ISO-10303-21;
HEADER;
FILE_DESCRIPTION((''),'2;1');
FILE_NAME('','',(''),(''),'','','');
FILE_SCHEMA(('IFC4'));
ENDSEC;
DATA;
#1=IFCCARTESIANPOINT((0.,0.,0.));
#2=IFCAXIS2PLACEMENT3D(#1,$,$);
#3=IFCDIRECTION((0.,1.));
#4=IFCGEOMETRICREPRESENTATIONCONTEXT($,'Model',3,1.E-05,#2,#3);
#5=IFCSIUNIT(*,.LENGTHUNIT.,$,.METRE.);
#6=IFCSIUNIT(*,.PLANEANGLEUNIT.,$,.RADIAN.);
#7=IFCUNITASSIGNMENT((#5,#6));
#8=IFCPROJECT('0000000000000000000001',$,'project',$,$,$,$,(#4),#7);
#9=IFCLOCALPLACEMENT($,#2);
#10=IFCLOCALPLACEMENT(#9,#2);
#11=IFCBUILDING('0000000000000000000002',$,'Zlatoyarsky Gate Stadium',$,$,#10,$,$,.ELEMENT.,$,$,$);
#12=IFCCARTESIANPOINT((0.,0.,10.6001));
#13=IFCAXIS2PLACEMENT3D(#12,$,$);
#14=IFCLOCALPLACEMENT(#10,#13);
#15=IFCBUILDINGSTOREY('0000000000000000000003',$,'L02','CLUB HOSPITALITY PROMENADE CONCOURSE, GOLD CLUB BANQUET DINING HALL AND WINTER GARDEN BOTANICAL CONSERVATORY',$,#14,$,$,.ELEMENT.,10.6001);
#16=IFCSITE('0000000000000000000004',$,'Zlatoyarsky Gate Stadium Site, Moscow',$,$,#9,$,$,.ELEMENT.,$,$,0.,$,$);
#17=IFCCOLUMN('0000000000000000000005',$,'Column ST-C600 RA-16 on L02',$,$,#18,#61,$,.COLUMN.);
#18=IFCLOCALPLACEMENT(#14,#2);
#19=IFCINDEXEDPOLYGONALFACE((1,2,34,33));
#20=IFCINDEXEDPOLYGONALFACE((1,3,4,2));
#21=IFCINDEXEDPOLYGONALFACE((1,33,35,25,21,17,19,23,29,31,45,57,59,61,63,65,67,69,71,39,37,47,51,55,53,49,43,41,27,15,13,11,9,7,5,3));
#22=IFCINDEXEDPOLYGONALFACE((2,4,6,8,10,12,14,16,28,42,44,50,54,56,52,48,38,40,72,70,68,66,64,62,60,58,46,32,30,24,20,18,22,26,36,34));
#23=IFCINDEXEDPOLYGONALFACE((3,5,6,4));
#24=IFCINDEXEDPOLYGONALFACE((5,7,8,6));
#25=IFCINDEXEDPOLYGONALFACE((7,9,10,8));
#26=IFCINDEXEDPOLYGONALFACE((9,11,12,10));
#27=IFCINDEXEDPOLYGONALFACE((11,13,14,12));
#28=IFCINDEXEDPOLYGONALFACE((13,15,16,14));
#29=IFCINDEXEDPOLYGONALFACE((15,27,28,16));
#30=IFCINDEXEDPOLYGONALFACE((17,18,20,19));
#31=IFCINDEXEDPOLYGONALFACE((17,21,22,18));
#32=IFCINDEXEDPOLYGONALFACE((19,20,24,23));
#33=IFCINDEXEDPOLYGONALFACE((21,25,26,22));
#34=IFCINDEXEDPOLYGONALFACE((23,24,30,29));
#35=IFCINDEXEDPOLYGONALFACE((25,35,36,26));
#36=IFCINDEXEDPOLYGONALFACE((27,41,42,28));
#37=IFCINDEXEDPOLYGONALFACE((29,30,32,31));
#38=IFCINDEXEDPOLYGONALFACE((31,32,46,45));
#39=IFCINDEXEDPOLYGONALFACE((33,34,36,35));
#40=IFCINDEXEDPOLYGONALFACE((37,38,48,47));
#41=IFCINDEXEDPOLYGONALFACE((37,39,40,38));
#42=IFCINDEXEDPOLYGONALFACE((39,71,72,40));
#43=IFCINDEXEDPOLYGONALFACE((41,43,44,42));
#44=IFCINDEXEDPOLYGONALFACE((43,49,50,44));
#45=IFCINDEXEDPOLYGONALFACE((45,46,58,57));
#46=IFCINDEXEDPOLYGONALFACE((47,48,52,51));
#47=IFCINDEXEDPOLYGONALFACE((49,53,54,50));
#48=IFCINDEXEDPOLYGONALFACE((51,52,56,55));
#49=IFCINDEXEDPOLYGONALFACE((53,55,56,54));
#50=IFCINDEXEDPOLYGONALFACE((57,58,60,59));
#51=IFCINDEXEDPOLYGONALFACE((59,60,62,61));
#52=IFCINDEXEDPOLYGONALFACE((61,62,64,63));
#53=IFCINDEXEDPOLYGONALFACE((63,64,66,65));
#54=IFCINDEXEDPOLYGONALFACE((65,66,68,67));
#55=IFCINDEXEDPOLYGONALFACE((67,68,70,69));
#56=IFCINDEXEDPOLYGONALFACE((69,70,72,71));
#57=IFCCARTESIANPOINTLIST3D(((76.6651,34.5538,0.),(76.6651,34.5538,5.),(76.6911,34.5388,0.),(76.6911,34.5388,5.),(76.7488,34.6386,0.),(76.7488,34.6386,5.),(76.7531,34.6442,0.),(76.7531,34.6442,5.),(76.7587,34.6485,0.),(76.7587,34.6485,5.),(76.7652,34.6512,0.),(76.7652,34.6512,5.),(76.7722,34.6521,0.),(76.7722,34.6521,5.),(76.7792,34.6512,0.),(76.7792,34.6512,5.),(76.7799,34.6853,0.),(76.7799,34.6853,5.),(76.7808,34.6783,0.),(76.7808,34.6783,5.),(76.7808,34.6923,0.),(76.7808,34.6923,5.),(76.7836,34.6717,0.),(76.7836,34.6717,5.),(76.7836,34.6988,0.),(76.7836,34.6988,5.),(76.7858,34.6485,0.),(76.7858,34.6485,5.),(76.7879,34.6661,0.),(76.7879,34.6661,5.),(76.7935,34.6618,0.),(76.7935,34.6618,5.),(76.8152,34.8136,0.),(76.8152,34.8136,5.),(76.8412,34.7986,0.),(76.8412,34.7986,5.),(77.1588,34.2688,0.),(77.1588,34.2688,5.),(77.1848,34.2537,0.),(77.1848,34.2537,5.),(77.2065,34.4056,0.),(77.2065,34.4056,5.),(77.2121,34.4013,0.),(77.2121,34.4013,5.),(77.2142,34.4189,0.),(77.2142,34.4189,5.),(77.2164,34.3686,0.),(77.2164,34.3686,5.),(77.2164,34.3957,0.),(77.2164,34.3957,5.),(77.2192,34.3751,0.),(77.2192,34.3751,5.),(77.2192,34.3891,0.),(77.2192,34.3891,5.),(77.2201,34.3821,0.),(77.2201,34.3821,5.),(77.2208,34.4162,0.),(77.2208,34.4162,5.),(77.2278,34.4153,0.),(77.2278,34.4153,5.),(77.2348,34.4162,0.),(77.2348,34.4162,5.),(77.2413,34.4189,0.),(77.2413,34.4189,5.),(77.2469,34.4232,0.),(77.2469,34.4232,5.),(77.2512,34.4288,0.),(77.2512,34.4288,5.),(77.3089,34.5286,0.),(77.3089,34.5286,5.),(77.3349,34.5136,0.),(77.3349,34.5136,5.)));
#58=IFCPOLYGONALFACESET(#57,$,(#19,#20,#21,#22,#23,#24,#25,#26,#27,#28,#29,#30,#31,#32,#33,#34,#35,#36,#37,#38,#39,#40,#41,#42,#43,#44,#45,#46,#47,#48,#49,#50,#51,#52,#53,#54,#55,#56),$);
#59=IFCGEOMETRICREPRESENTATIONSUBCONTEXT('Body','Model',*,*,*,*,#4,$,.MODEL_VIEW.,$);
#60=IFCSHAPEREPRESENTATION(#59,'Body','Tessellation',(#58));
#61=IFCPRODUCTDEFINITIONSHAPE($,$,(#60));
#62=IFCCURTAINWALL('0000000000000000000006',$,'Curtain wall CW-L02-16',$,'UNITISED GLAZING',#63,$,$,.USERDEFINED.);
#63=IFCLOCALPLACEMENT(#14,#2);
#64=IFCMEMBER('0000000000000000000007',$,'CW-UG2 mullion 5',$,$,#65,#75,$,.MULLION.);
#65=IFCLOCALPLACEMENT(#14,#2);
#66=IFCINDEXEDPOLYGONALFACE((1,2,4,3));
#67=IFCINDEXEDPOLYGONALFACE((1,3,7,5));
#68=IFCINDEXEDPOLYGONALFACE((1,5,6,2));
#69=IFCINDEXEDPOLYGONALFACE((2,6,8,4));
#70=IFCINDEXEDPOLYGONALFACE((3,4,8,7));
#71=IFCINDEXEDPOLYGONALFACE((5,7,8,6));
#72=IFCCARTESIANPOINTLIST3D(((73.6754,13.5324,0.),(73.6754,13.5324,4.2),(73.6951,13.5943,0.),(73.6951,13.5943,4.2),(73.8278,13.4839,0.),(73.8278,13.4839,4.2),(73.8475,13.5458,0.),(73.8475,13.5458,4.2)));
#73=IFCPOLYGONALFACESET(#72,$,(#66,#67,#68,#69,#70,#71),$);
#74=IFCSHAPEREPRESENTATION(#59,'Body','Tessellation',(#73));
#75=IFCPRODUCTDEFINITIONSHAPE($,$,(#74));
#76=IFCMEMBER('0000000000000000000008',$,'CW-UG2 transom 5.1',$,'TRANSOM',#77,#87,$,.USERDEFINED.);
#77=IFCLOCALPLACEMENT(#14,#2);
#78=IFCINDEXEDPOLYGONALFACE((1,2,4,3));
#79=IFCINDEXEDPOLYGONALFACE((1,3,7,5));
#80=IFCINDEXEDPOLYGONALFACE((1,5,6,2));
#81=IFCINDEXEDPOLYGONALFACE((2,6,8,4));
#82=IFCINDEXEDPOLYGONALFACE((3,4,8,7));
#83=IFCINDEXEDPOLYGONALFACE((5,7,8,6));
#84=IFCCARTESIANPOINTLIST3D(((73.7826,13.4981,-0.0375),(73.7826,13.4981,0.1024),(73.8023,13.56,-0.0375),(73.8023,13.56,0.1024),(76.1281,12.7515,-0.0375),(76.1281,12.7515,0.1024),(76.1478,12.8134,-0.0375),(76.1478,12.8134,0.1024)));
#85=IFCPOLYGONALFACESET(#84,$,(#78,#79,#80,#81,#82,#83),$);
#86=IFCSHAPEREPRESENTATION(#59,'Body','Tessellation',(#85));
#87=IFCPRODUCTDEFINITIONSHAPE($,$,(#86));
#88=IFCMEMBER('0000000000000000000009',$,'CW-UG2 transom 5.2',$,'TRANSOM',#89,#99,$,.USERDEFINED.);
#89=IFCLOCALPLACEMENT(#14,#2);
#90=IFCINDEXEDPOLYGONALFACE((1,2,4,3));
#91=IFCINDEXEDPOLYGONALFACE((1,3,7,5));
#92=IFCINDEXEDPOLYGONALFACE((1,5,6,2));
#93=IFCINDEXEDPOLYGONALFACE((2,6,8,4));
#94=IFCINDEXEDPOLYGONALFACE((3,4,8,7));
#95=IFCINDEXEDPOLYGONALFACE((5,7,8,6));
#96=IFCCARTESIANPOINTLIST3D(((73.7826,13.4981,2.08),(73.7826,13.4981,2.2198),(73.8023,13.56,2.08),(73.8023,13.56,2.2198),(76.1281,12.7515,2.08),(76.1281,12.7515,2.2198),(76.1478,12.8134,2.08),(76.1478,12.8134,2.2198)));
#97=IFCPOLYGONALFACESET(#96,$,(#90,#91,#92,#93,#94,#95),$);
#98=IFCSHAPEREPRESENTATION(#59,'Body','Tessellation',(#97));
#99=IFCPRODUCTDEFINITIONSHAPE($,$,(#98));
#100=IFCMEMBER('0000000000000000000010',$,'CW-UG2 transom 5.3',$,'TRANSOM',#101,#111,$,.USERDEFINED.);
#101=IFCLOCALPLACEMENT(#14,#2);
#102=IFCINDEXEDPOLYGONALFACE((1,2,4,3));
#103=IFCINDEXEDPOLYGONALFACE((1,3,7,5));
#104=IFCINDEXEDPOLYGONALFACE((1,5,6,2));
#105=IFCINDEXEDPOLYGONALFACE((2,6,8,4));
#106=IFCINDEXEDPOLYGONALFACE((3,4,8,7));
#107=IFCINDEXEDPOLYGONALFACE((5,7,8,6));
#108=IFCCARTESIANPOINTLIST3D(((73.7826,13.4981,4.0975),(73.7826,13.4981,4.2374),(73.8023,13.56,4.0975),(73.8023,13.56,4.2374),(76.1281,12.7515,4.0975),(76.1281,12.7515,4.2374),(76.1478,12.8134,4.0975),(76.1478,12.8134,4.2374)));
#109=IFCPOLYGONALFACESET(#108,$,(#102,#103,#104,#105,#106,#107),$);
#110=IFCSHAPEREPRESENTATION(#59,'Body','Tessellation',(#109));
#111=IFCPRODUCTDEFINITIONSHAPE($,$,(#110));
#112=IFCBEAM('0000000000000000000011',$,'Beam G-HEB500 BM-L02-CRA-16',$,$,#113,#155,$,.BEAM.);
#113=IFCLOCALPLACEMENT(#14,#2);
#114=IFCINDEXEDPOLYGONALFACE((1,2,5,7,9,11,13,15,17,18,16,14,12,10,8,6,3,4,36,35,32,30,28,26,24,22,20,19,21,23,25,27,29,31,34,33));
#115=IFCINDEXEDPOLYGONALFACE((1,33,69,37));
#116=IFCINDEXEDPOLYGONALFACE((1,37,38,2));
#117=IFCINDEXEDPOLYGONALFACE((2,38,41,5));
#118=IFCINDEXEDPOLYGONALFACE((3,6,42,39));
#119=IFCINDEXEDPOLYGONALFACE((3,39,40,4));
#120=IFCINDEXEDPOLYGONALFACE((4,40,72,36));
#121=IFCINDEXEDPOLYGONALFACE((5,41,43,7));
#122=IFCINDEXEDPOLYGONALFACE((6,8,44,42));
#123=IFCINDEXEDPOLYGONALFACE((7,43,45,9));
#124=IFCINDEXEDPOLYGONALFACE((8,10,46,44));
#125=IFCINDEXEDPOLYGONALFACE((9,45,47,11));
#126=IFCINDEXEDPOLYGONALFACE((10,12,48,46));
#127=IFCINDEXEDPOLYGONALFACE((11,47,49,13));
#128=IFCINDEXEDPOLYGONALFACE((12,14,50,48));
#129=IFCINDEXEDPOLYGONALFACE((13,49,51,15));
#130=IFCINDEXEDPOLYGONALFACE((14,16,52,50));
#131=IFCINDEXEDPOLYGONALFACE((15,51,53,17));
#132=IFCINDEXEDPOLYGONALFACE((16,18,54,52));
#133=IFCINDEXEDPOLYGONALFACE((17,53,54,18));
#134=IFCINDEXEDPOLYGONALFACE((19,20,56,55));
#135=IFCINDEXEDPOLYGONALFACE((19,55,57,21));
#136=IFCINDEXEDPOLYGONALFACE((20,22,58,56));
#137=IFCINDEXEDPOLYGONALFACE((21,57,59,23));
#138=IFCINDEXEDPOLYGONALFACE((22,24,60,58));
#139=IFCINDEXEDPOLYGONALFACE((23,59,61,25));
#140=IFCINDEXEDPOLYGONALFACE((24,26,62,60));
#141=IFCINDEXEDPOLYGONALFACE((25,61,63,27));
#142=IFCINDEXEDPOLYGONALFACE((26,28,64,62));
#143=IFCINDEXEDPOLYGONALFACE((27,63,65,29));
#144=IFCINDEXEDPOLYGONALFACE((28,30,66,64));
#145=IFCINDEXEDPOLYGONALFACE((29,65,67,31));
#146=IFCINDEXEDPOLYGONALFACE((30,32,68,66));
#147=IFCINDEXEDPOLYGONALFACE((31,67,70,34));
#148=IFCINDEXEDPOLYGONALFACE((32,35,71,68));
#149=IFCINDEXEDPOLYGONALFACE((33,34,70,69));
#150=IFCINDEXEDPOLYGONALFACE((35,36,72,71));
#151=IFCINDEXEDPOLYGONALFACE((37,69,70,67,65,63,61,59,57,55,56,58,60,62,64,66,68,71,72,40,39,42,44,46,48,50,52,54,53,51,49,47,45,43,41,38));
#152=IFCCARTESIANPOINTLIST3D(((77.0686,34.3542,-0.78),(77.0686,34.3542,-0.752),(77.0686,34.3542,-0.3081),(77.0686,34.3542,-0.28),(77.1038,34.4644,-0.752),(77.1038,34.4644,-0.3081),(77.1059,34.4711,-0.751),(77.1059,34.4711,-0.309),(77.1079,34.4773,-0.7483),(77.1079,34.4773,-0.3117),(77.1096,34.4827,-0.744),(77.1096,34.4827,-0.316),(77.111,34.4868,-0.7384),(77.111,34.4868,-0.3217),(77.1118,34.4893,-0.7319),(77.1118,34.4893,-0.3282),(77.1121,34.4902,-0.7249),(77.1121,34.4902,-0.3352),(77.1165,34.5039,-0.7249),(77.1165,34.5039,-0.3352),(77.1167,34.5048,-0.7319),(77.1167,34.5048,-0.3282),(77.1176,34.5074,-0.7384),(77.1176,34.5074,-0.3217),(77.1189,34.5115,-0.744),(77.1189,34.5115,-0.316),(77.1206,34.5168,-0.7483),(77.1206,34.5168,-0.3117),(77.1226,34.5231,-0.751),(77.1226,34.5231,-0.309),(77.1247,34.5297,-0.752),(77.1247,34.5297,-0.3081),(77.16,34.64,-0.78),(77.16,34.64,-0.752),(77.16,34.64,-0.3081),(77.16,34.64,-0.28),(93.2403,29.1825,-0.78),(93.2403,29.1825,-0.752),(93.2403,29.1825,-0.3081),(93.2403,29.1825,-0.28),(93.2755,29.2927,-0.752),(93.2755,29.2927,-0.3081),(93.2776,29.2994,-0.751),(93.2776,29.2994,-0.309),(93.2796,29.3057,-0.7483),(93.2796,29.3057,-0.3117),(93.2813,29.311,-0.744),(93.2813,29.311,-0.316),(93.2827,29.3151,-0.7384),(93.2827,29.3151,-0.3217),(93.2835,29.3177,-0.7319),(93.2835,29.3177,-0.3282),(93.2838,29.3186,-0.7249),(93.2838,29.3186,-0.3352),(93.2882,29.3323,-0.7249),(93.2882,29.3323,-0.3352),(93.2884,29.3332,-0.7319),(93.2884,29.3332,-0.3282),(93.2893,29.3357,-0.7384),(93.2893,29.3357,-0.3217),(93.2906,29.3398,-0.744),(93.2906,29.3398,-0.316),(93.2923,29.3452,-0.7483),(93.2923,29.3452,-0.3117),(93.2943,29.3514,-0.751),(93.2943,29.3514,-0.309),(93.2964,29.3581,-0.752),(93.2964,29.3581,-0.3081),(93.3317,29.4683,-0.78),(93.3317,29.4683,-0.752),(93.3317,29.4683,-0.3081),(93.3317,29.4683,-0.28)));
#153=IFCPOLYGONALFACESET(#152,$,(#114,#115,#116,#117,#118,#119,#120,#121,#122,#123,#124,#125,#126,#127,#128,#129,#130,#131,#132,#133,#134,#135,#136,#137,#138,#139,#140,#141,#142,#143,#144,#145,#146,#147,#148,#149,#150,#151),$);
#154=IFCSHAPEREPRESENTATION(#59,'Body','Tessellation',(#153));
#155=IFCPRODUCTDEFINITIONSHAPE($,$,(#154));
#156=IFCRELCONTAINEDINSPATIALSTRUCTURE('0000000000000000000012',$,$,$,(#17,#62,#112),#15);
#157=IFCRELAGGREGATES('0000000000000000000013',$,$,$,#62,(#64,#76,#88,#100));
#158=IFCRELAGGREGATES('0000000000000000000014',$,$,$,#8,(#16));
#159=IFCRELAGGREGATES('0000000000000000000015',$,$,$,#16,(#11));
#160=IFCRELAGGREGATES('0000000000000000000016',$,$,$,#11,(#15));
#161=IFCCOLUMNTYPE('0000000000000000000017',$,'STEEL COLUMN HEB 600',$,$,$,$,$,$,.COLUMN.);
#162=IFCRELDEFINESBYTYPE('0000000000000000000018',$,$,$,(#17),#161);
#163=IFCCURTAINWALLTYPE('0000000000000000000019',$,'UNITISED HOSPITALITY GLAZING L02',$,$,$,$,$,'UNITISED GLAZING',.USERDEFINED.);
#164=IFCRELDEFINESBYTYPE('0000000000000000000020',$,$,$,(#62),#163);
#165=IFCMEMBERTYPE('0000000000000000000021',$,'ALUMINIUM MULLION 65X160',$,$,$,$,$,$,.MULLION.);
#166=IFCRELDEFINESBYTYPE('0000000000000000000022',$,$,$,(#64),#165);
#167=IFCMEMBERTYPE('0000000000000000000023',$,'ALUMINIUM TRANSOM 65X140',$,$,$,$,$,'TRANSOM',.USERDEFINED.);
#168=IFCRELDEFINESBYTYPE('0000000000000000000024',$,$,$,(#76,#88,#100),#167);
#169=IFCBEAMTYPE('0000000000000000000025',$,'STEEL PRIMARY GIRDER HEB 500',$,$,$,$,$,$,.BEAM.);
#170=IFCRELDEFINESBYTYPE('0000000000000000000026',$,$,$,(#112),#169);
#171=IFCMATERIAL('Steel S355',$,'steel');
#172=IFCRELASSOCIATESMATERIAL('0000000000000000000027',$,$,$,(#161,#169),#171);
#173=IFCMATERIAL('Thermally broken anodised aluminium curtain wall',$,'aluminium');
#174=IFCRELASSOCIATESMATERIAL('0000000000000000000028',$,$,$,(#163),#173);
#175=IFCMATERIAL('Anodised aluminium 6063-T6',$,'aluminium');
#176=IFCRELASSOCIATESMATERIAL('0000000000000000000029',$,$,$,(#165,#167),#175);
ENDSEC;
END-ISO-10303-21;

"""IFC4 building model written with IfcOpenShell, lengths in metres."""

from ifc_helpers import new_model, si_unit, direction, frame, origin, origin_2d, place, context, subcontext, project, spatial, rectangle, i_section, extrude, material, material_profile, profile_set, type_object, element, aggregate, save


model = new_model("IFC4")

# Units and contexts
model_context = context("Model", 3, precision=1e-05, world=origin(), true_north=direction((0.0, 1.0)))
body_context = subcontext(model_context, "Body", "Model", "MODEL_VIEW")
ifc_project = project(units=[si_unit("LENGTHUNIT", "METRE"), si_unit("PLANEANGLEUNIT", "RADIAN")], contexts=[model_context])

# Site, building, storey
site_placement = place(None, origin())
site = spatial("IfcSite", under=ifc_project, at=site_placement, Name="Zlatoyarsky Gate Stadium Site, Moscow", CompositionType="ELEMENT", RefElevation=0.0)
building_placement = place(site_placement, origin())
building = spatial("IfcBuilding", under=site, at=building_placement, Name="Zlatoyarsky Gate Stadium", CompositionType="ELEMENT")
storey_placement = place(building_placement, frame((0.0, 0.0, 10.6001)))
storey = spatial("IfcBuildingStorey", under=building, at=storey_placement, Name="L02", Description="CLUB HOSPITALITY PROMENADE CONCOURSE, GOLD CLUB BANQUET DINING HALL AND WINTER GARDEN BOTANICAL CONSERVATORY", CompositionType="ELEMENT", Elevation=10.6001)

# Column
ifc_material_1 = material(Name="Steel S355", Category="steel")
ifc_material_profile_1 = material_profile(ifc_material_1, i_section(OverallWidth=0.3, OverallDepth=0.6001, WebThickness=0.0154, FlangeThickness=0.03, FilletRadius=0.0271, at=origin_2d()), Name="HEB 600")
ifc_profile_set_1 = profile_set([ifc_material_profile_1], Name="Steel S355")
column_type = type_object("IfcColumnType", Name="STEEL COLUMN HEB 600", PredefinedType="COLUMN", material=ifc_profile_set_1)
column_placement = place(storey_placement, frame((77.0, 34.5337, 0.0), z_axis=(0.0, 0.0, 1.0), x_axis=(-0.5, -0.866025, 0.0)))
element("IfcColumn", 1, at=column_placement, inside=storey, type_object=column_type, Name="Column ST-C600 RA-16 on L02", PredefinedType="COLUMN", context=body_context, shape_type="SweptSolid", body=[
    extrude(i_section(OverallWidth=0.3, OverallDepth=0.6001, WebThickness=0.0154, FlangeThickness=0.03, FilletRadius=0.0271, at=origin_2d()), origin(), (0.0, 0.0, 1.0), 5.0),
])

# Curtain wall, members
ifc_material_2 = material(Name="Thermally broken anodised aluminium curtain wall", Category="aluminium")
curtain_wall_type = type_object("IfcCurtainWallType", Name="UNITISED HOSPITALITY GLAZING L02", ElementType="UNITISED GLAZING", PredefinedType="USERDEFINED", material=ifc_material_2)
curtain_wall_placement = place(storey_placement, origin())
curtain_wall = element("IfcCurtainWall", 2, at=curtain_wall_placement, inside=storey, type_object=curtain_wall_type, Name="Curtain wall CW-L02-16", ObjectType="UNITISED GLAZING", PredefinedType="USERDEFINED")
ifc_material_3 = material(Name="Anodised aluminium 6063-T6", Category="aluminium")
ifc_material_profile_2 = material_profile(ifc_material_3, rectangle(XDim=0.0649, YDim=0.1599, at=origin_2d()), Name="ALU 65X160")
ifc_profile_set_2 = profile_set([ifc_material_profile_2], Name="Anodised aluminium 6063-T6")
member_type_1 = type_object("IfcMemberType", Name="ALUMINIUM MULLION 65X160", PredefinedType="MULLION", material=ifc_profile_set_2)
member_1_placement = place(storey_placement, frame((73.7615, 13.5391, 0.0), z_axis=(0.0, 0.0, 1.0), x_axis=(0.303278, 0.952902, 0.0)))
member_1 = element("IfcMember", 3, at=member_1_placement, type_object=member_type_1, Name="CW-UG2 mullion 5", PredefinedType="MULLION", context=body_context, shape_type="SweptSolid", body=[
    extrude(rectangle(XDim=0.0649, YDim=0.1599, at=origin_2d()), origin(), (0.0, 0.0, 1.0), 4.2),
])
ifc_material_profile_3 = material_profile(ifc_material_3, rectangle(XDim=0.0649, YDim=0.1399, at=origin_2d()), Name="ALU 65X140")
ifc_profile_set_3 = profile_set([ifc_material_profile_3], Name="Anodised aluminium 6063-T6")
member_type_2 = type_object("IfcMemberType", Name="ALUMINIUM TRANSOM 65X140", ElementType="TRANSOM", PredefinedType="USERDEFINED", material=ifc_profile_set_3)
member_2_placement = place(storey_placement, frame((73.7925, 13.5291, 0.0325), z_axis=(0.952891, -0.303314, 0.0), x_axis=(0.303314, 0.952891, 0.0)))
member_2 = element("IfcMember", 4, at=member_2_placement, type_object=member_type_2, Name="CW-UG2 transom 5.1", ObjectType="TRANSOM", PredefinedType="USERDEFINED", context=body_context, shape_type="SweptSolid", body=[
    extrude(rectangle(XDim=0.0649, YDim=0.1399, at=origin_2d()), origin(), (0.0, 0.0, 1.0), 2.4614),
])
member_3_placement = place(storey_placement, frame((73.7925, 13.5291, 2.1499), z_axis=(0.952891, -0.303314, 0.0), x_axis=(0.303314, 0.952891, 0.0)))
member_3 = element("IfcMember", 5, at=member_3_placement, type_object=member_type_2, Name="CW-UG2 transom 5.2", ObjectType="TRANSOM", PredefinedType="USERDEFINED", context=body_context, shape_type="SweptSolid", body=[
    extrude(rectangle(XDim=0.0649, YDim=0.1399, at=origin_2d()), origin(), (0.0, 0.0, 1.0), 2.4614),
])
member_4_placement = place(storey_placement, frame((73.7925, 13.5291, 4.1675), z_axis=(0.952891, -0.303314, 0.0), x_axis=(0.303314, 0.952891, 0.0)))
member_4 = element("IfcMember", 6, at=member_4_placement, type_object=member_type_2, Name="CW-UG2 transom 5.3", ObjectType="TRANSOM", PredefinedType="USERDEFINED", context=body_context, shape_type="SweptSolid", body=[
    extrude(rectangle(XDim=0.0649, YDim=0.1399, at=origin_2d()), origin(), (0.0, 0.0, 1.0), 2.4614),
])

# Beam
ifc_material_profile_4 = material_profile(ifc_material_1, i_section(OverallWidth=0.3, OverallDepth=0.5, WebThickness=0.0144, FlangeThickness=0.0281, FilletRadius=0.0271, at=origin_2d()), Name="HEB 500")
ifc_profile_set_4 = profile_set([ifc_material_profile_4], Name="Steel S355")
beam_type_1 = type_object("IfcBeamType", Name="STEEL PRIMARY GIRDER HEB 500", PredefinedType="BEAM", material=ifc_profile_set_4)
beam_1_placement = place(storey_placement, frame((77.1143, 34.4971, -0.53), z_axis=(0.95248, -0.3046, 0.0), x_axis=(0.3046, 0.95248, 0.0)))
element("IfcBeam", 7, at=beam_1_placement, inside=storey, type_object=beam_type_1, Name="Beam G-HEB500 BM-L02-CRA-16", PredefinedType="BEAM", context=body_context, shape_type="SweptSolid", body=[
    extrude(i_section(OverallWidth=0.3, OverallDepth=0.5, WebThickness=0.0144, FlangeThickness=0.0281, FilletRadius=0.0271, at=origin_2d()), origin(), (0.0, 0.0, 1.0), 16.9785),
])

aggregate(curtain_wall, [member_1, member_2, member_3, member_4])

save(model, "model.ifc")
